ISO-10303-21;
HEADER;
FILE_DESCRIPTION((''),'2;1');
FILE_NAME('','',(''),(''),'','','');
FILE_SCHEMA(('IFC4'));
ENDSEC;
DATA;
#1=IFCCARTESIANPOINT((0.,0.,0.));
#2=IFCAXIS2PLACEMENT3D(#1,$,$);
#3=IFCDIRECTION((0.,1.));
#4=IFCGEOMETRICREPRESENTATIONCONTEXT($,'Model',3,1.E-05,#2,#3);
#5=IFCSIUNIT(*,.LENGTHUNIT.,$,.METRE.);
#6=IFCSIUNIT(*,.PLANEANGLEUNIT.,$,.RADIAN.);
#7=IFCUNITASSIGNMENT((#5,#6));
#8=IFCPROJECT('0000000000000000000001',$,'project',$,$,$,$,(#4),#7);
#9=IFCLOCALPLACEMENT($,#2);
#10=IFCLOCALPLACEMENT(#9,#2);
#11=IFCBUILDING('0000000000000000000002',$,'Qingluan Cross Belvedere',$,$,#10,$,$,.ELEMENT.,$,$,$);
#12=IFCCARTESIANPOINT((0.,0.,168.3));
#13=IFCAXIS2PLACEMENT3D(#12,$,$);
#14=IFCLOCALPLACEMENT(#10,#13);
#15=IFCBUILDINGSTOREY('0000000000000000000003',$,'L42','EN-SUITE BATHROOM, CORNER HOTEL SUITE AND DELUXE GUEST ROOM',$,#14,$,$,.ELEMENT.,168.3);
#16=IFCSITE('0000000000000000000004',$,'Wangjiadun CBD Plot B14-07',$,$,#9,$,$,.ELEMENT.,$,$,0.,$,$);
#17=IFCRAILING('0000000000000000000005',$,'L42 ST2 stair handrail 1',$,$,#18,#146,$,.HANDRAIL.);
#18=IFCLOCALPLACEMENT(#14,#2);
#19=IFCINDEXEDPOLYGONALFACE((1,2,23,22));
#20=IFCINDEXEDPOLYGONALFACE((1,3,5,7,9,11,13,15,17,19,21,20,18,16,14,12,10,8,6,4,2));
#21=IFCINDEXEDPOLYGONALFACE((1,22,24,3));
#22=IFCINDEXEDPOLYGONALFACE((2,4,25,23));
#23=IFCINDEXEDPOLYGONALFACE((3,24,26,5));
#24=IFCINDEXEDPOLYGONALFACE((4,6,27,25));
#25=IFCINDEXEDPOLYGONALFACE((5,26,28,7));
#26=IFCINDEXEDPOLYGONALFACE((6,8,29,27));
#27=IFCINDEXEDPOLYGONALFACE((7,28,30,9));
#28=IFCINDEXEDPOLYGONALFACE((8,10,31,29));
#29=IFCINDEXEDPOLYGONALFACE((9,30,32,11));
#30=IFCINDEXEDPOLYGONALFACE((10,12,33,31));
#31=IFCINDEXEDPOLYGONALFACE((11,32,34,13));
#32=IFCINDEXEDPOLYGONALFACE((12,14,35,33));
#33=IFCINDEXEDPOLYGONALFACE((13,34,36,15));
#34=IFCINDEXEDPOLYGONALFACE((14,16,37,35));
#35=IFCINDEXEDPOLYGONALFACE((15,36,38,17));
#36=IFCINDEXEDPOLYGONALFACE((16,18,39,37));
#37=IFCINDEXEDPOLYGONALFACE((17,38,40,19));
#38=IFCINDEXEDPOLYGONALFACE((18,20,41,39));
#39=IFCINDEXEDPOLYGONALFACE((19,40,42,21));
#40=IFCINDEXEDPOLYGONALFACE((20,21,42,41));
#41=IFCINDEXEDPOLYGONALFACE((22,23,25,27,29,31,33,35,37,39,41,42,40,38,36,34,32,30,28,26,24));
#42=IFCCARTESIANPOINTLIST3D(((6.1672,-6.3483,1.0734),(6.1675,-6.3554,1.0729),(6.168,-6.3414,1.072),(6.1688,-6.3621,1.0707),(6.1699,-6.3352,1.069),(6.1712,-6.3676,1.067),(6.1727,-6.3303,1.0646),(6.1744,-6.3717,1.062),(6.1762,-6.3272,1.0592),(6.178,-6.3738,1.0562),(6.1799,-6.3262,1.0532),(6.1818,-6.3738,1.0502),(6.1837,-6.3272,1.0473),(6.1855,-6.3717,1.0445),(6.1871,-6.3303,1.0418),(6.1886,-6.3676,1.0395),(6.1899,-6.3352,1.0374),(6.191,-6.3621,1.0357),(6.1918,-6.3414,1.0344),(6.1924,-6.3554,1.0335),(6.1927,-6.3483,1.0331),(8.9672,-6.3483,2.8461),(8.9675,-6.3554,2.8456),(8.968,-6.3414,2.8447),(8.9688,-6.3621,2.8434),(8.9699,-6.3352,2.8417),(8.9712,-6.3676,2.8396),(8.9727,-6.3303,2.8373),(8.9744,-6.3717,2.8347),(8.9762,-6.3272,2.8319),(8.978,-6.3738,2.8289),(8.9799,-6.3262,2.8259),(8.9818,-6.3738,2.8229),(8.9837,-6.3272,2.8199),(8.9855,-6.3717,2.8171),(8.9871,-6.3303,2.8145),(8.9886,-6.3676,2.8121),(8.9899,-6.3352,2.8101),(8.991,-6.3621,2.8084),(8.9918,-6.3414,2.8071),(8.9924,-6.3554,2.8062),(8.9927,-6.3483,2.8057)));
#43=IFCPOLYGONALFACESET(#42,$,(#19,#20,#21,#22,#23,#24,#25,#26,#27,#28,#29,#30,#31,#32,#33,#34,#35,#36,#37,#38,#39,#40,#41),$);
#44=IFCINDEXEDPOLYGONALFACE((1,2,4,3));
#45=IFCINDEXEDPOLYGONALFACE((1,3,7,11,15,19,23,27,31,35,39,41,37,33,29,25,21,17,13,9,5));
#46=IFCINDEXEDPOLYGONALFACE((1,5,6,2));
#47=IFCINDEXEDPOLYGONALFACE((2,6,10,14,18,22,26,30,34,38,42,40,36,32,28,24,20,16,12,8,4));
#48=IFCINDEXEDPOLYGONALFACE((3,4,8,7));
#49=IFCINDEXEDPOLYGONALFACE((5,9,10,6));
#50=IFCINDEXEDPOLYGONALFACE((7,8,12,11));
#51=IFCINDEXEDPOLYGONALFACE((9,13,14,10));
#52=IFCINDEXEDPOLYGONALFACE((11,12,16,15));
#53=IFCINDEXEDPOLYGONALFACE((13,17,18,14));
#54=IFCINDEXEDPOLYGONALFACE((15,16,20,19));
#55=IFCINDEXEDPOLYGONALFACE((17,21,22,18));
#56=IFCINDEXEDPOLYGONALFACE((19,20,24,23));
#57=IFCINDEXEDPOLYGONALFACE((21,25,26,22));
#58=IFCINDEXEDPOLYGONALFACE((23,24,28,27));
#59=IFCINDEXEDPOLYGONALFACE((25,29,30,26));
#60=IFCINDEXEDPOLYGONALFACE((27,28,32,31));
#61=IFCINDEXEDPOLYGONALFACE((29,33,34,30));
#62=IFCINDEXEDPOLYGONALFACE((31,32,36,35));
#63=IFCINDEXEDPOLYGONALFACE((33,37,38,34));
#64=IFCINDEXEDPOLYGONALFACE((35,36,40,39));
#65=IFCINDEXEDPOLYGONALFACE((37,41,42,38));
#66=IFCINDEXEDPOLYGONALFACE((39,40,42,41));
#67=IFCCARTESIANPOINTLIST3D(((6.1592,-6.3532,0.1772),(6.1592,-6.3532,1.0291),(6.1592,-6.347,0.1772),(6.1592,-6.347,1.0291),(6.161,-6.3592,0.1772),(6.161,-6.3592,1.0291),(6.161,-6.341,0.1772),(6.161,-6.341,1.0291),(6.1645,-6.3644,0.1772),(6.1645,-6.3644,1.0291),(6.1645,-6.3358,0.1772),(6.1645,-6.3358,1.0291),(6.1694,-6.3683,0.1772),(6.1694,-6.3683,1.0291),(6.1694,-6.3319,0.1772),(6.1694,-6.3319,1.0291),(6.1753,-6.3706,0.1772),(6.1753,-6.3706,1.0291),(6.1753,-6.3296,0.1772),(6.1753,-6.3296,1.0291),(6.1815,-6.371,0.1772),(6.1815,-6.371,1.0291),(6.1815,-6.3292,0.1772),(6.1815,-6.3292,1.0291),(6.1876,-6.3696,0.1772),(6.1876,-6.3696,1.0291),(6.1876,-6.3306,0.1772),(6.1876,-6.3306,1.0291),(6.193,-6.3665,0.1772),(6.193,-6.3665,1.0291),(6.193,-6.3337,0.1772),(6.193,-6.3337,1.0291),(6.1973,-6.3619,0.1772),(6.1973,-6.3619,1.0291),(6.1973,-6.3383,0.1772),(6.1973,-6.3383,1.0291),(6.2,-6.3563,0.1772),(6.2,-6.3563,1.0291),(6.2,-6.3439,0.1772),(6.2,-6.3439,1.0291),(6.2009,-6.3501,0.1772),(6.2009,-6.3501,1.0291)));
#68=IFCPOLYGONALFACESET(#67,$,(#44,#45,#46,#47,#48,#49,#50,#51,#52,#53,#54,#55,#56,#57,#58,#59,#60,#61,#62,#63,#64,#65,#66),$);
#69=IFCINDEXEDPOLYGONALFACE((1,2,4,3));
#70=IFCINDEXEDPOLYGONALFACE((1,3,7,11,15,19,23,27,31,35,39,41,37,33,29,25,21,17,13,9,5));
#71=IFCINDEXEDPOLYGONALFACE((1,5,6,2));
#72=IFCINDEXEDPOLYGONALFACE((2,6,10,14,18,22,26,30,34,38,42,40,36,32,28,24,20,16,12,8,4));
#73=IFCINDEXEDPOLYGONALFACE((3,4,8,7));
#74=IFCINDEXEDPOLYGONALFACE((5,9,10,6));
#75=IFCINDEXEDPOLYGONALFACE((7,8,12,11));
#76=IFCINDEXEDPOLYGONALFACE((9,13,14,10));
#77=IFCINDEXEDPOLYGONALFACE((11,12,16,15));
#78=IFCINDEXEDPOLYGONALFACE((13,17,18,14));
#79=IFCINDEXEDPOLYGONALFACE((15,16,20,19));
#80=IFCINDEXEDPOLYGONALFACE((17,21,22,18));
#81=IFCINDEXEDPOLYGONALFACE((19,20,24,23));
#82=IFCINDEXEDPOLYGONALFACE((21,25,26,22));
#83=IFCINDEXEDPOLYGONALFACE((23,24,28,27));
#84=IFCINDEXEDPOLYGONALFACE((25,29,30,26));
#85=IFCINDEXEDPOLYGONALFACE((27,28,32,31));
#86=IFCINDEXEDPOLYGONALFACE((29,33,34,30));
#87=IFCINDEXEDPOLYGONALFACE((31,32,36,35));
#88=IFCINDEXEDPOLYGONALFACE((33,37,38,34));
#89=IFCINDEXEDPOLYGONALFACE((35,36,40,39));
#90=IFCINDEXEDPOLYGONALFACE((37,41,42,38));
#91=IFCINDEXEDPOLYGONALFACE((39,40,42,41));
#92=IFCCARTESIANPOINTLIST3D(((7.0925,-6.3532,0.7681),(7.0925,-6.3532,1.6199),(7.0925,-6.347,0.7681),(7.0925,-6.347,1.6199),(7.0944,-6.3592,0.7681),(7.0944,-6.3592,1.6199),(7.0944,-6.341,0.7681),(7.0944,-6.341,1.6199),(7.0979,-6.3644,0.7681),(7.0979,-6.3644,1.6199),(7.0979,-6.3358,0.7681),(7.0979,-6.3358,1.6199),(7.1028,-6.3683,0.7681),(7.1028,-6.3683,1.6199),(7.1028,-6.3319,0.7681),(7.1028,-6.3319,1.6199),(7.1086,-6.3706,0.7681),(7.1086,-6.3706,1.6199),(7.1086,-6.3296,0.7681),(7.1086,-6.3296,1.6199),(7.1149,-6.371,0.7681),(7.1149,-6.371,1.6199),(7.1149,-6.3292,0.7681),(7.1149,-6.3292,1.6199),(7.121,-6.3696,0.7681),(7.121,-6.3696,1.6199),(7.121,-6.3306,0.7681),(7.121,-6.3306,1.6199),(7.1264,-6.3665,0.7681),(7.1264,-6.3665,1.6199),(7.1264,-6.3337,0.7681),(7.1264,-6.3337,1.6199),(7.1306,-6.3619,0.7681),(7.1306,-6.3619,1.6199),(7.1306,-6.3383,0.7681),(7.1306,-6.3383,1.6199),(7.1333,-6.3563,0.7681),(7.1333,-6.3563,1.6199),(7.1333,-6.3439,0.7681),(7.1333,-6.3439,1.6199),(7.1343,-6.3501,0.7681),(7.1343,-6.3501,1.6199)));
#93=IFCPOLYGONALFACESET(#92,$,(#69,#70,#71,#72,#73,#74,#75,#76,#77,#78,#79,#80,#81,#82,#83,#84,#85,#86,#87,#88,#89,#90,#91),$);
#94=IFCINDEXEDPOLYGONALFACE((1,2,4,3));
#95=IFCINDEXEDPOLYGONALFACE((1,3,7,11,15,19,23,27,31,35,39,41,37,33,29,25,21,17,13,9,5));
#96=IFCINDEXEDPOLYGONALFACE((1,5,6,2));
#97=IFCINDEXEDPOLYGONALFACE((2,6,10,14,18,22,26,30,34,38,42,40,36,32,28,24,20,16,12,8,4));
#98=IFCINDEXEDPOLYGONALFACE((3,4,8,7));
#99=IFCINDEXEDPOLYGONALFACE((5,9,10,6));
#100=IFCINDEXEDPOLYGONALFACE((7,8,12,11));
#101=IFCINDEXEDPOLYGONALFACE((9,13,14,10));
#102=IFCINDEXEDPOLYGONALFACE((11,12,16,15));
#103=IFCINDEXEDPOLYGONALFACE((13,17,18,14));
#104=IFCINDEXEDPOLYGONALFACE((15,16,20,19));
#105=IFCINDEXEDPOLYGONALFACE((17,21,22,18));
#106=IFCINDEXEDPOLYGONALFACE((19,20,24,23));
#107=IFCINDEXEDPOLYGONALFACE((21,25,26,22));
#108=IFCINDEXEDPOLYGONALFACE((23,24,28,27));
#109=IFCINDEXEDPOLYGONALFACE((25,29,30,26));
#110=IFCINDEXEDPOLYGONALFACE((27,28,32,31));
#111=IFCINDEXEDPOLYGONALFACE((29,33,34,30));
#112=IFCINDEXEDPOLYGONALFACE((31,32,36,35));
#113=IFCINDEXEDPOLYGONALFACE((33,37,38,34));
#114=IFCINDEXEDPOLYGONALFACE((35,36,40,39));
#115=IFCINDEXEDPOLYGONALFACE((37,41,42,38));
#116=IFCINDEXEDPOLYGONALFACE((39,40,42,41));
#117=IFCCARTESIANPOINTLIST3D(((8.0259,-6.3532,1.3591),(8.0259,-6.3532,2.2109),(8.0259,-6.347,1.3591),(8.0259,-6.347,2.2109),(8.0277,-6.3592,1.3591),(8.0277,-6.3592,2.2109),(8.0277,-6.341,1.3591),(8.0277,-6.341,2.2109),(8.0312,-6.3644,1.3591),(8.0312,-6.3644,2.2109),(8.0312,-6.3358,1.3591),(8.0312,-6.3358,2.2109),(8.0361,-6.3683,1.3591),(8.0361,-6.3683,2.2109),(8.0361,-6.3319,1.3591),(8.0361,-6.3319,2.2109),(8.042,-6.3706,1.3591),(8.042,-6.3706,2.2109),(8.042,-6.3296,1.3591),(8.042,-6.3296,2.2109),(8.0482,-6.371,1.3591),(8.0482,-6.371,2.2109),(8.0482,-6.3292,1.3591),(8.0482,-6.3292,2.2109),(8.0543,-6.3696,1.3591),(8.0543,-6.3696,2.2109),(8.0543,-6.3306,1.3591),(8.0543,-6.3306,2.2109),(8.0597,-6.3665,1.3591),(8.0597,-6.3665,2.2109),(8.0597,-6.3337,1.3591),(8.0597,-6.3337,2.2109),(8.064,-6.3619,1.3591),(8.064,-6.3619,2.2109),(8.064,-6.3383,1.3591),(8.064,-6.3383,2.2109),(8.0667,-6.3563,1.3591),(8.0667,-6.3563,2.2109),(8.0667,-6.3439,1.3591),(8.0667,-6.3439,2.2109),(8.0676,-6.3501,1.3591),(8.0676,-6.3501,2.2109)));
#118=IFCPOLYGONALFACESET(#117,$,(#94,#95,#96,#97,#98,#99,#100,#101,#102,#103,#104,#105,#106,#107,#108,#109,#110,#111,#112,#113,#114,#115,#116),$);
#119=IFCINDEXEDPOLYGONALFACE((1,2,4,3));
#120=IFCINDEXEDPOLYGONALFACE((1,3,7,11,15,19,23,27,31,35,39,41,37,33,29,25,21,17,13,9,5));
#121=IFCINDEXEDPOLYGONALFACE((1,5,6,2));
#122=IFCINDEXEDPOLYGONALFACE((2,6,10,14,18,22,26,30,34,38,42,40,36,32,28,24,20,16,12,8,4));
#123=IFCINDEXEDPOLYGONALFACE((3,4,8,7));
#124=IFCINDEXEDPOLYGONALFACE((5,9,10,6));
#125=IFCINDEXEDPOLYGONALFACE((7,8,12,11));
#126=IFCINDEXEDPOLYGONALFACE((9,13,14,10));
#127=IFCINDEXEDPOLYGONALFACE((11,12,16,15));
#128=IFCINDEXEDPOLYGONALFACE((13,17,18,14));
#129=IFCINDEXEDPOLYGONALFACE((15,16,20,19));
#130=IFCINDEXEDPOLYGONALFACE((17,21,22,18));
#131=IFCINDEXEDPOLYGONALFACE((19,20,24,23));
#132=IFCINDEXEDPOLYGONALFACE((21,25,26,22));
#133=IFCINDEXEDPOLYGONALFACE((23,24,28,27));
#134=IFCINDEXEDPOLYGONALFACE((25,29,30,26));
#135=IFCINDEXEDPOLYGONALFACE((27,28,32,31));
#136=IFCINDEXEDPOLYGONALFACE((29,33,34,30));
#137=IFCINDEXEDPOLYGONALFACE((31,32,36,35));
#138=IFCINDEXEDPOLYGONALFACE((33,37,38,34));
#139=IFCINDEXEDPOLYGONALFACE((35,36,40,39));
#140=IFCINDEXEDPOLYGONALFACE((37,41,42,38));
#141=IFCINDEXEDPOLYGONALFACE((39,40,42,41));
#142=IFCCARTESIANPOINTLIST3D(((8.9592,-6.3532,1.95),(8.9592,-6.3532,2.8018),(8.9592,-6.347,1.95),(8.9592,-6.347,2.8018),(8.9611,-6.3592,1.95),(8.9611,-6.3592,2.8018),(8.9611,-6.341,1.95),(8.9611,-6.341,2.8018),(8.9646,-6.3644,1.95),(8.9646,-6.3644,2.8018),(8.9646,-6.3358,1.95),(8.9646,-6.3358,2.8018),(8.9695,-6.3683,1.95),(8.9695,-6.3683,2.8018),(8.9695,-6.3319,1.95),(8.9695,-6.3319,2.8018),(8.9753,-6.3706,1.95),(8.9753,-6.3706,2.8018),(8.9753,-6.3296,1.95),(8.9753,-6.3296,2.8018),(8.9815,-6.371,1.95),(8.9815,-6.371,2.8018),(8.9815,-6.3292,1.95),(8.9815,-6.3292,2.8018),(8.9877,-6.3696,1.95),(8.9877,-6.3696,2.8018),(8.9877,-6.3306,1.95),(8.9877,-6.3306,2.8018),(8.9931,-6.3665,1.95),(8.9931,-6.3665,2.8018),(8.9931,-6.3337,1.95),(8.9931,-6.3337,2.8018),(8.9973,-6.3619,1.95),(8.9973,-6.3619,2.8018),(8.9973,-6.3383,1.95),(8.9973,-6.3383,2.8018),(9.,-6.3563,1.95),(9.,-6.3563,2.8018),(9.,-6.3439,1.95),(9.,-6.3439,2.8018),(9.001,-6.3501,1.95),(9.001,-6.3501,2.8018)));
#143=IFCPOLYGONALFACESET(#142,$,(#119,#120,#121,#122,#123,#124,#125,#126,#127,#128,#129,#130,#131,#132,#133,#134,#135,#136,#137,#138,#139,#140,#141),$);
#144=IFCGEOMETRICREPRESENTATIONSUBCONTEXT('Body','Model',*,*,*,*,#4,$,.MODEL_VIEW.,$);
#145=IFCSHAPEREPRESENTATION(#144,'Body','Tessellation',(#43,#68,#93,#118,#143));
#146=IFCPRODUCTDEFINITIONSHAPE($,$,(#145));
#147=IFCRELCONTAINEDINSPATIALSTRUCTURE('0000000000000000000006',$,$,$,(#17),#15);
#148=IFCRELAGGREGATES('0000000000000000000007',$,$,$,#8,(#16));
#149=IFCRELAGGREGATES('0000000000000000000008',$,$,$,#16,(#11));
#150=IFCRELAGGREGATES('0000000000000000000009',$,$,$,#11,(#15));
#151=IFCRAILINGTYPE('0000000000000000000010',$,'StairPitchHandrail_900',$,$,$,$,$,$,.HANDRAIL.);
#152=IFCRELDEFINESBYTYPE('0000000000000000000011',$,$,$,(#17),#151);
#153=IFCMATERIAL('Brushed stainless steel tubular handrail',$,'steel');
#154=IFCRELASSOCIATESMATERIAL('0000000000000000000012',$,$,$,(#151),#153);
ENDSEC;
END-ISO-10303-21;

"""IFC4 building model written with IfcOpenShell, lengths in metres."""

from ifc_helpers import new_model, si_unit, direction, frame, origin, origin_2d, place, context, subcontext, project, spatial, circle, extrude, material, type_object, element, save


model = new_model("IFC4")

# Units and contexts
model_context = context("Model", 3, precision=1e-05, world=origin(), true_north=direction((0.0, 1.0)))
body_context = subcontext(model_context, "Body", "Model", "MODEL_VIEW")
ifc_project = project(units=[si_unit("LENGTHUNIT", "METRE"), si_unit("PLANEANGLEUNIT", "RADIAN")], contexts=[model_context])

# Site, building, storey
site_placement = place(None, origin())
site = spatial("IfcSite", under=ifc_project, at=site_placement, Name="Wangjiadun CBD Plot B14-07", CompositionType="ELEMENT", RefElevation=0.0)
building_placement = place(site_placement, origin())
building = spatial("IfcBuilding", under=site, at=building_placement, Name="Qingluan Cross Belvedere", CompositionType="ELEMENT")
storey_placement = place(building_placement, frame((0.0, 0.0, 168.3)))
storey = spatial("IfcBuildingStorey", under=building, at=storey_placement, Name="L42", Description="EN-SUITE BATHROOM, CORNER HOTEL SUITE AND DELUXE GUEST ROOM", CompositionType="ELEMENT", Elevation=168.3)

# Railing
ifc_material_1 = material(Name="Brushed stainless steel tubular handrail", Category="steel")
railing_type_1 = type_object("IfcRailingType", Name="StairPitchHandrail_900", PredefinedType="HANDRAIL", material=ifc_material_1)
railing_1_placement = place(storey_placement, frame((6.1799, -6.3501, 0.1772)))
element("IfcRailing", 1, at=railing_1_placement, inside=storey, type_object=railing_type_1, Name="L42 ST2 stair handrail 1", PredefinedType="HANDRAIL", context=body_context, shape_type="SweptSolid", body=[
    extrude(circle(Radius=0.0239, at=origin_2d()), frame((0.0, 0.0, 0.876), z_axis=(0.844909, 0.0, 0.53491), x_axis=(0.0, 1.0, 0.0)), (0.0, 0.0, 1.0), 3.314),
    extrude(circle(Radius=0.021, at=origin_2d()), origin(), (0.0, 0.0, 1.0), 0.8518),
    extrude(circle(Radius=0.021, at=origin_2d()), frame((0.9333, 0.0, 0.5908)), (0.0, 0.0, 1.0), 0.8518),
    extrude(circle(Radius=0.021, at=origin_2d()), frame((1.8667, 0.0, 1.1819)), (0.0, 0.0, 1.0), 0.8518),
    extrude(circle(Radius=0.021, at=origin_2d()), frame((2.8, 0.0, 1.7727)), (0.0, 0.0, 1.0), 0.8518),
])

save(model, "model.ifc")
